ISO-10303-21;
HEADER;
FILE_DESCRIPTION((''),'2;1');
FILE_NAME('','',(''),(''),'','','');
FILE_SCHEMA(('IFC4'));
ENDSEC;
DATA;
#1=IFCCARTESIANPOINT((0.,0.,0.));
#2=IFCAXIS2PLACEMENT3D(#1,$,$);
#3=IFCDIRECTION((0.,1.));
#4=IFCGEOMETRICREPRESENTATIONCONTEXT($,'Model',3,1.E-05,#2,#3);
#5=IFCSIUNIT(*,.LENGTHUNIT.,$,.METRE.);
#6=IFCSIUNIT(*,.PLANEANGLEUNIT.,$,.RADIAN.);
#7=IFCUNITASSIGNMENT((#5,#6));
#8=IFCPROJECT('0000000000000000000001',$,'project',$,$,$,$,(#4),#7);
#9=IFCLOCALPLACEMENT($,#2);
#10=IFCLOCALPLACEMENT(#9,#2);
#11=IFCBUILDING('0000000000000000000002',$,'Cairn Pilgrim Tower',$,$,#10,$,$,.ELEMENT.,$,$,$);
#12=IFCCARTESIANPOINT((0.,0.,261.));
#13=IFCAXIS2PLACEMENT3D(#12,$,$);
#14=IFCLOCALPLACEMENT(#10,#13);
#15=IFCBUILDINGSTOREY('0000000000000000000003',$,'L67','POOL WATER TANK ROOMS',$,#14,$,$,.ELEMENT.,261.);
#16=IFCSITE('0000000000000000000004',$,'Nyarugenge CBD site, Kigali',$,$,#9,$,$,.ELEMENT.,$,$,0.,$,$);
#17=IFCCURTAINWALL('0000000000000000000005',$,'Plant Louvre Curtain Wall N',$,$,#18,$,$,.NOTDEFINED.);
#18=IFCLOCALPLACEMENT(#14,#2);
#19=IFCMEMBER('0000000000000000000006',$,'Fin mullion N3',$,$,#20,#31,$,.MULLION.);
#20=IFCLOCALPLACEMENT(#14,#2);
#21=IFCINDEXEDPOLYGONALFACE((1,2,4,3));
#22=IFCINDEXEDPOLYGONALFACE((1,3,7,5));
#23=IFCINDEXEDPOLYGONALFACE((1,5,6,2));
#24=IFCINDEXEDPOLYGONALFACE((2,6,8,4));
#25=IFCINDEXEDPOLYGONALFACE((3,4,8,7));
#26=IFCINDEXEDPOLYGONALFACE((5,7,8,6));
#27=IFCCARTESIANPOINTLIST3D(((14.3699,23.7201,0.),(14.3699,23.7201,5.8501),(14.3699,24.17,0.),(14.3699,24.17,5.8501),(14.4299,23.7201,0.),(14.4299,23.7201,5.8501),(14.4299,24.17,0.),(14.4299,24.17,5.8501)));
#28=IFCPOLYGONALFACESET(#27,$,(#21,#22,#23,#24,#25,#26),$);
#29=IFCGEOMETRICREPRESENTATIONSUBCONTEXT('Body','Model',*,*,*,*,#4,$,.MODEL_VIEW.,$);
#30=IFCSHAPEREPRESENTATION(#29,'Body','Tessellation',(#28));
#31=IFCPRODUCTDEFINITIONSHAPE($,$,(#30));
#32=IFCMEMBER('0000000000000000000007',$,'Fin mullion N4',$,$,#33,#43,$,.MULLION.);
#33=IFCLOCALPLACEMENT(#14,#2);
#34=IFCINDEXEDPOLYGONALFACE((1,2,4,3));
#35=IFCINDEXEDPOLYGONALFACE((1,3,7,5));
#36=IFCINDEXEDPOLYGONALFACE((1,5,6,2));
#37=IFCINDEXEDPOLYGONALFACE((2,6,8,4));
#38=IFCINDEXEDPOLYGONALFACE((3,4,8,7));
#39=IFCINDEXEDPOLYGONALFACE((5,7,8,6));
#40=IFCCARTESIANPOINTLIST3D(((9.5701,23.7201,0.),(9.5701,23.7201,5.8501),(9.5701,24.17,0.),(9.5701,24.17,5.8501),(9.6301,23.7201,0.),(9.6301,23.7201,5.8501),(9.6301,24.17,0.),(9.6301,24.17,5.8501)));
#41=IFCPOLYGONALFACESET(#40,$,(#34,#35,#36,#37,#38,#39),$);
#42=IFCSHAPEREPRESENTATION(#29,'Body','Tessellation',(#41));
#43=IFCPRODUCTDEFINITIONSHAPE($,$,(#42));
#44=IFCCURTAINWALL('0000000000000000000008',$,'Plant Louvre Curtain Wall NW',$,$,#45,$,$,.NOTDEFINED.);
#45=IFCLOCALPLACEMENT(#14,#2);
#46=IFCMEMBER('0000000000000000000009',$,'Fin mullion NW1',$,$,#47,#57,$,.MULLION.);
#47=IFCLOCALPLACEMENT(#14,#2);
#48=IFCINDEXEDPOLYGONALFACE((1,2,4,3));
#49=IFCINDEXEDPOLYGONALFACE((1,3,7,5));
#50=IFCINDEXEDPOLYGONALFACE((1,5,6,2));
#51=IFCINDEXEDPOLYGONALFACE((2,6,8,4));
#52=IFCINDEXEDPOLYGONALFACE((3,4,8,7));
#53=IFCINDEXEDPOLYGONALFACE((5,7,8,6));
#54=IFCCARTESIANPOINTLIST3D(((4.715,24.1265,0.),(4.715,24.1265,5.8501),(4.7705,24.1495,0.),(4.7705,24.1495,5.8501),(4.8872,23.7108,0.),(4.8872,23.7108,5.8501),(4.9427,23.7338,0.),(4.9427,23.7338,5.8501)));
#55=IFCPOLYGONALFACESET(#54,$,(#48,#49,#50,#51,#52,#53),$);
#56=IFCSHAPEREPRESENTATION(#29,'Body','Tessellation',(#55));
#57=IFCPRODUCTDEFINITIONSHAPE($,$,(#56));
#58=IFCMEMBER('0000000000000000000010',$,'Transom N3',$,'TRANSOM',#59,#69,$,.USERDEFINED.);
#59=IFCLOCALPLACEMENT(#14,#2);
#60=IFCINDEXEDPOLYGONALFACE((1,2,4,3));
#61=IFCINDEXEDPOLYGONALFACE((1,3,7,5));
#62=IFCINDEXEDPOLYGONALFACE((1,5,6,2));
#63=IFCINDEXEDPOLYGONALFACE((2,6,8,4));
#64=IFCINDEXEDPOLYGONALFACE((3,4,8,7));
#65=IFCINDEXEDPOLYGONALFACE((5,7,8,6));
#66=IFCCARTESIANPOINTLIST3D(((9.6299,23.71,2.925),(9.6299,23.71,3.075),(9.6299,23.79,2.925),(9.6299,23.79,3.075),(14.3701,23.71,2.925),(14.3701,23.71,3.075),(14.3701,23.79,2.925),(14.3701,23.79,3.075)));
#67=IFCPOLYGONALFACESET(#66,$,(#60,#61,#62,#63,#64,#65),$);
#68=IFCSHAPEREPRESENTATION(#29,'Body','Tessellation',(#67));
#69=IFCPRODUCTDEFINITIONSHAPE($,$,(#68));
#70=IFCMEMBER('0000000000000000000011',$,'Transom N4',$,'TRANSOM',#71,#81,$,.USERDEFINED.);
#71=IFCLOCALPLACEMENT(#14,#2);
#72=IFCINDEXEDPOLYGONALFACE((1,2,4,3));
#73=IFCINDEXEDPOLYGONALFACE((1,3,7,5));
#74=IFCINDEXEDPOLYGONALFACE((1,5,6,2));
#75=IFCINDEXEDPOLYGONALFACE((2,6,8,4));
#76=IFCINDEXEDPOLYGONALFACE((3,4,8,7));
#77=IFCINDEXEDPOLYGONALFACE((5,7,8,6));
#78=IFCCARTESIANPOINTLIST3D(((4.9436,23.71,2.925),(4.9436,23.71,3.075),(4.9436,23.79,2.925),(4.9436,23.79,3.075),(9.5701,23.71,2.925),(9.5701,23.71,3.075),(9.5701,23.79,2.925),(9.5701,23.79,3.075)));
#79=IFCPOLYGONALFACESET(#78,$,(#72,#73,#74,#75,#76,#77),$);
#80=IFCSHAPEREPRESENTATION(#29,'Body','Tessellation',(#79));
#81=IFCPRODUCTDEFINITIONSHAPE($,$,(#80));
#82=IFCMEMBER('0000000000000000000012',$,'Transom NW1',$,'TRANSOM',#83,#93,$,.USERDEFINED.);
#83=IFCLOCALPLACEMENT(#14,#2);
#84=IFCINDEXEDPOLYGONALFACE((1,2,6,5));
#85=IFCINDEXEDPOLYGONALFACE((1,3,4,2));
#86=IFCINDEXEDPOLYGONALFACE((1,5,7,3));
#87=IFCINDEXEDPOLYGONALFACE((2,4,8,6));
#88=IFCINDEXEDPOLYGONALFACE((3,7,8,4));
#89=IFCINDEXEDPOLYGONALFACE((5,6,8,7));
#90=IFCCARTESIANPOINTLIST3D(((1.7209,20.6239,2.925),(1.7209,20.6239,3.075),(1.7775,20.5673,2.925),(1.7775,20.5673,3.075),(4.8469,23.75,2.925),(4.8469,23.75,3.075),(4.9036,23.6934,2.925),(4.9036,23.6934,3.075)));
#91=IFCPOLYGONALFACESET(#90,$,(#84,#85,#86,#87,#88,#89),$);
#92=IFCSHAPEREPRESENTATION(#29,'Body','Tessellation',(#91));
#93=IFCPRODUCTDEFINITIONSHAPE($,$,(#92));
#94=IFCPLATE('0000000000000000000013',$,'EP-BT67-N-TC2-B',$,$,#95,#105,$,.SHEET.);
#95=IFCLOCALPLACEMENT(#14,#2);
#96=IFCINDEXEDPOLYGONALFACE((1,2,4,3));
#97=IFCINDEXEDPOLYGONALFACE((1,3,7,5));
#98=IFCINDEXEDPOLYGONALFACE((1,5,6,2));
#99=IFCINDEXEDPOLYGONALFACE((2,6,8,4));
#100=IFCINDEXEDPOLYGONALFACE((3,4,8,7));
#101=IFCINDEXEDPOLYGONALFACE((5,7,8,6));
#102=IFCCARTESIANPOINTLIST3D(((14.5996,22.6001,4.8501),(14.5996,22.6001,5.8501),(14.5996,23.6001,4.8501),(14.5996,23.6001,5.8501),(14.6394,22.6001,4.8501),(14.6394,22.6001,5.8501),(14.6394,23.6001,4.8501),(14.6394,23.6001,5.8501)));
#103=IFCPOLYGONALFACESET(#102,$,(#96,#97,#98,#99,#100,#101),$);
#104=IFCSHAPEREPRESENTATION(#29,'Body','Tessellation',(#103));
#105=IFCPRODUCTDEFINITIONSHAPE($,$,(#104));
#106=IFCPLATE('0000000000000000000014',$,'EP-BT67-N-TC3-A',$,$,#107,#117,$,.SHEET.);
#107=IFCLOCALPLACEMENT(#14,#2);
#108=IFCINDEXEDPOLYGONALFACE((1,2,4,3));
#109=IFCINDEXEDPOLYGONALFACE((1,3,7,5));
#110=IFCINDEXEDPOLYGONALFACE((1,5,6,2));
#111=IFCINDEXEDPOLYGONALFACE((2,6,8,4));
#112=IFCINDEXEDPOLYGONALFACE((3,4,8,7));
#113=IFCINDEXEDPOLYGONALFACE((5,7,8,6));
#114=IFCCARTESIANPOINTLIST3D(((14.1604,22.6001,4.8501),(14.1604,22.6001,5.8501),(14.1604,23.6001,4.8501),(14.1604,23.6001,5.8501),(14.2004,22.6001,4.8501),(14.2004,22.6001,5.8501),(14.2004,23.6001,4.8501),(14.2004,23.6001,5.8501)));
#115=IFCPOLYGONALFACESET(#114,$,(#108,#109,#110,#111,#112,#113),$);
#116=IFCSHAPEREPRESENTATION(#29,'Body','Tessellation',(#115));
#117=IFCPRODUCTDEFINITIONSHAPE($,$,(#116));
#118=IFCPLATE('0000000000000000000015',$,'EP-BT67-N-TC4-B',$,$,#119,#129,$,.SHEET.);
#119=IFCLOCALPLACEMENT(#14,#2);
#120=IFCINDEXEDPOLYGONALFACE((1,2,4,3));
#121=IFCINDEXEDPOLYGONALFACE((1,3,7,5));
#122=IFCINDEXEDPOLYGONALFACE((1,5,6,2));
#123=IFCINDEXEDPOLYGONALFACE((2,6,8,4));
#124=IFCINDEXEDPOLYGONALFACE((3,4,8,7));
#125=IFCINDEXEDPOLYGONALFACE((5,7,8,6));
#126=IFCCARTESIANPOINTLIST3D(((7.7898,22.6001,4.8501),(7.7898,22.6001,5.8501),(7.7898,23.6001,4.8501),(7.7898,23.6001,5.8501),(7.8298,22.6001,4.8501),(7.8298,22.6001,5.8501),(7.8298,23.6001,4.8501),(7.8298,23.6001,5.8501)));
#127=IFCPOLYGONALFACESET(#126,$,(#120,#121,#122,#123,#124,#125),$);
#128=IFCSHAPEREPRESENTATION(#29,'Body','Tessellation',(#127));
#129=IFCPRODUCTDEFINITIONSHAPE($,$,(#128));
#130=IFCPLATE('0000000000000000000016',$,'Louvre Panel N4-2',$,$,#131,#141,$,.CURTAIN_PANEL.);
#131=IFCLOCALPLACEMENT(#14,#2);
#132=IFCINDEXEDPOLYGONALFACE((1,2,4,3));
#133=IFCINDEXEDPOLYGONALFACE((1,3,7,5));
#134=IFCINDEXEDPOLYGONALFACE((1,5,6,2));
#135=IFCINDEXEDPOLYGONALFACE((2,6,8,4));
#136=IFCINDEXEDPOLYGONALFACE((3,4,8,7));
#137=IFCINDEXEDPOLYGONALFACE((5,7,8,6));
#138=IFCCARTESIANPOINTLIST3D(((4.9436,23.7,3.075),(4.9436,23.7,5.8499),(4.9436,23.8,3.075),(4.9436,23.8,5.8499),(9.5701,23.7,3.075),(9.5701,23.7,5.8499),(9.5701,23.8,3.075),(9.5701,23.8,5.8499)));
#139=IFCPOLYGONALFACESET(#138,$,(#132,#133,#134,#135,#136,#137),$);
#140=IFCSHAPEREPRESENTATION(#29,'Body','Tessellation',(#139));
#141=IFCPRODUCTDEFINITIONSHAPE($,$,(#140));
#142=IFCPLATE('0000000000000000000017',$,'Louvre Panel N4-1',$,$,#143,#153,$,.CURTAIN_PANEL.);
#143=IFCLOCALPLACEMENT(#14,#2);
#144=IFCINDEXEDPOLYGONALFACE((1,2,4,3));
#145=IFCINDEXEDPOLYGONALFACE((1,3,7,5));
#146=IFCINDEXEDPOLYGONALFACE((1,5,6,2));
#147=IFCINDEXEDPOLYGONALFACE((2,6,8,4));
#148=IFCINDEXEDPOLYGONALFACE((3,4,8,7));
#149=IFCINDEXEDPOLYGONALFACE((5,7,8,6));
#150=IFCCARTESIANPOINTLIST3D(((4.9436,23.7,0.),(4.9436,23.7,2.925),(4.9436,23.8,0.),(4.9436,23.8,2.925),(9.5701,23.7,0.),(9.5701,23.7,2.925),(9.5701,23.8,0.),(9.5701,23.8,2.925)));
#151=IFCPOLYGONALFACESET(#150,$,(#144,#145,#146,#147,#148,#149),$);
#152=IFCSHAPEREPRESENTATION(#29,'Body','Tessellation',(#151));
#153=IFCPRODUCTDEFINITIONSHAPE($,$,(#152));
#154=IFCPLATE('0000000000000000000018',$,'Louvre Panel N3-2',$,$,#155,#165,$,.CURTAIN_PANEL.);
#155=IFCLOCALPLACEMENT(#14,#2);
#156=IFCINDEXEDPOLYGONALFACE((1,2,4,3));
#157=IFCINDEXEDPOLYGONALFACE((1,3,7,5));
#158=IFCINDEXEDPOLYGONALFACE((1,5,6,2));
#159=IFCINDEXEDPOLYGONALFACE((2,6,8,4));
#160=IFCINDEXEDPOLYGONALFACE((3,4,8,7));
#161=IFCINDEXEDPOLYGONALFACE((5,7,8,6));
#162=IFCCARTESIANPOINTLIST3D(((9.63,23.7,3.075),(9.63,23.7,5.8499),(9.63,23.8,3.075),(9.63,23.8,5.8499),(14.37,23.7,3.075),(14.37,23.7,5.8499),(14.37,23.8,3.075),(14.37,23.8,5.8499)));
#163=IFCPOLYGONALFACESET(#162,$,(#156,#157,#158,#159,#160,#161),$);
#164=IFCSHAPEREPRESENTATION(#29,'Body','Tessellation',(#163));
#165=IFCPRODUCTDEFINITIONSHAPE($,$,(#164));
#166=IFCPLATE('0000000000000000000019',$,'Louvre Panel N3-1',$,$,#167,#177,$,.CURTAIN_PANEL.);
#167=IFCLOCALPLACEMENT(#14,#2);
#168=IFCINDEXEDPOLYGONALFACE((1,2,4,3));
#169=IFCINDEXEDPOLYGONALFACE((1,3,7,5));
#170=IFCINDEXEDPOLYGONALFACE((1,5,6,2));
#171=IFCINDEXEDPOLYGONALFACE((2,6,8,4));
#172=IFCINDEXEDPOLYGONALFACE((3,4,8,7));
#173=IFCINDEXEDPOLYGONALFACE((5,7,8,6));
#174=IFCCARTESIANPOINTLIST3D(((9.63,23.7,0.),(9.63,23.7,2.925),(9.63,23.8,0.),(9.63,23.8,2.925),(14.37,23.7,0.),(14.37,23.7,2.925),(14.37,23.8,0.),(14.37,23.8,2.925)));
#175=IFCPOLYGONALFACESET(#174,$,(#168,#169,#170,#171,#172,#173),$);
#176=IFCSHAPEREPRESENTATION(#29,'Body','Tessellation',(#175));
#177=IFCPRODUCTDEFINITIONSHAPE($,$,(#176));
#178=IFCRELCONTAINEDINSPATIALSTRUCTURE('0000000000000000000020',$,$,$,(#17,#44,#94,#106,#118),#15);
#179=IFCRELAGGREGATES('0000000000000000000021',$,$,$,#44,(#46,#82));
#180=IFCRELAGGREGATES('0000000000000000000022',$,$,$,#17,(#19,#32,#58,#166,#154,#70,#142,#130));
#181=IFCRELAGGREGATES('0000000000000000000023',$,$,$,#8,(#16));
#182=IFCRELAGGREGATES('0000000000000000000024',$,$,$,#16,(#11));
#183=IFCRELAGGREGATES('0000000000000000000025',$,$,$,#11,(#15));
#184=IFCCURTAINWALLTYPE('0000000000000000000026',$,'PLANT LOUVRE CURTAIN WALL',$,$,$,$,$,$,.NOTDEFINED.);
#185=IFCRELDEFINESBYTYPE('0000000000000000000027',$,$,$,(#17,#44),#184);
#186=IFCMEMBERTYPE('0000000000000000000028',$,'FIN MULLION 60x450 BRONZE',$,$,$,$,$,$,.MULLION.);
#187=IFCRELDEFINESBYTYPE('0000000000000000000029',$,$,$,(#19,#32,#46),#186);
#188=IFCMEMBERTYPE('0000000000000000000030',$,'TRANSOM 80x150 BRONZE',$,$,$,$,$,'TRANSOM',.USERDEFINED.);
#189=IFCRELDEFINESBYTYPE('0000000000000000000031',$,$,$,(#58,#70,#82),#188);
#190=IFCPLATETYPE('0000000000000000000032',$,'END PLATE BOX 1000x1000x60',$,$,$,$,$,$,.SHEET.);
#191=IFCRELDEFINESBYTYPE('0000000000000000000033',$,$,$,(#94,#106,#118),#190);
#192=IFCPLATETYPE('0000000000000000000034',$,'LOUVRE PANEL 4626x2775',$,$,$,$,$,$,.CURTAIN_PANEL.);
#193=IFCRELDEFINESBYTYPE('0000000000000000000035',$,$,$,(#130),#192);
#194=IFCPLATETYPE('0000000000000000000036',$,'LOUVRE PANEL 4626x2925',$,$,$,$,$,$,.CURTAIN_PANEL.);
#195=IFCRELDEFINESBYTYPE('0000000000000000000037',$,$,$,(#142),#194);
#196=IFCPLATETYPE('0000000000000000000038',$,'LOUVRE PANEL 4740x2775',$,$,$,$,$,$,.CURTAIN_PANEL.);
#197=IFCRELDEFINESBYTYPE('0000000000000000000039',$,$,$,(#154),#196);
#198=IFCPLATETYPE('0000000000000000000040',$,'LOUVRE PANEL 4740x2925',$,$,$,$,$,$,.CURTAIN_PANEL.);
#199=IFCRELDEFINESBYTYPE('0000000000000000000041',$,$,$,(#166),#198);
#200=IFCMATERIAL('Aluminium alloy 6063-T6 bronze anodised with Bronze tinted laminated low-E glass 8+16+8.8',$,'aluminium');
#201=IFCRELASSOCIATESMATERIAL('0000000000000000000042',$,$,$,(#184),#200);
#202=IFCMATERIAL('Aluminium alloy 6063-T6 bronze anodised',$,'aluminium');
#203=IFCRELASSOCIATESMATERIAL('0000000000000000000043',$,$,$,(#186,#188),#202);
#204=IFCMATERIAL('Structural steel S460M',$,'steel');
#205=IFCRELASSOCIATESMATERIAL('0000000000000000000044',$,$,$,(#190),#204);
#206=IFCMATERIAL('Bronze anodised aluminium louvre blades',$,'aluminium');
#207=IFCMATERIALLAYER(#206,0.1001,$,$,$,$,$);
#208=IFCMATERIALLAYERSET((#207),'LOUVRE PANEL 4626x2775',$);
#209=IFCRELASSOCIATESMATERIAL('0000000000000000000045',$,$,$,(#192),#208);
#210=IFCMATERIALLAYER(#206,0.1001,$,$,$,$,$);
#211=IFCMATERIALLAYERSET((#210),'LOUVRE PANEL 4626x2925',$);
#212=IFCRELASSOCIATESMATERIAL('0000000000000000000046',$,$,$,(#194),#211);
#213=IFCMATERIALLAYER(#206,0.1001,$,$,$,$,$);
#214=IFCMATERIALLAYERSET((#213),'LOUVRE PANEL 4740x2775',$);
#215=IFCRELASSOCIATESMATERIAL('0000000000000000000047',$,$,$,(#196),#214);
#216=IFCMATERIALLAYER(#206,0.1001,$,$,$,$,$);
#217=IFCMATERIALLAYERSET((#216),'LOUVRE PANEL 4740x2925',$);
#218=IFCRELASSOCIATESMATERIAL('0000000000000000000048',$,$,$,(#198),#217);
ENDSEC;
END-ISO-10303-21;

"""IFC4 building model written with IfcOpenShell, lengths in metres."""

from ifc_helpers import new_model, si_unit, direction, frame, origin, origin_2d, place, context, subcontext, project, spatial, rectangle, extrude, material, layer, layer_set, material_profile, profile_set, type_object, element, aggregate, save


model = new_model("IFC4")

# Units and contexts
model_context = context("Model", 3, precision=1e-05, world=origin(), true_north=direction((0.0, 1.0)))
body_context = subcontext(model_context, "Body", "Model", "MODEL_VIEW")
ifc_project = project(units=[si_unit("LENGTHUNIT", "METRE"), si_unit("PLANEANGLEUNIT", "RADIAN")], contexts=[model_context])

# Site, building, storey
site_placement = place(None, origin())
site = spatial("IfcSite", under=ifc_project, at=site_placement, Name="Nyarugenge CBD site, Kigali", CompositionType="ELEMENT", RefElevation=0.0)
building_placement = place(site_placement, origin())
building = spatial("IfcBuilding", under=site, at=building_placement, Name="Cairn Pilgrim Tower", CompositionType="ELEMENT")
storey_placement = place(building_placement, frame((0.0, 0.0, 261.0)))
storey = spatial("IfcBuildingStorey", under=building, at=storey_placement, Name="L67", Description="POOL WATER TANK ROOMS", CompositionType="ELEMENT", Elevation=261.0)

# Shared definitions
ifc_material_1 = material(Name="Structural steel S460M", Category="steel")

# Curtain wall, members
ifc_material_2 = material(Name="Aluminium alloy 6063-T6 bronze anodised with Bronze tinted laminated low-E glass 8+16+8.8", Category="aluminium")
curtain_wall_type = type_object("IfcCurtainWallType", Name="PLANT LOUVRE CURTAIN WALL", PredefinedType="NOTDEFINED", material=ifc_material_2)
curtain_wall_1_placement = place(storey_placement, origin())
curtain_wall_1 = element("IfcCurtainWall", 1, at=curtain_wall_1_placement, inside=storey, type_object=curtain_wall_type, Name="Plant Louvre Curtain Wall N", PredefinedType="NOTDEFINED")
ifc_material_3 = material(Name="Aluminium alloy 6063-T6 bronze anodised", Category="aluminium")
ifc_material_profile_1 = material_profile(ifc_material_3, rectangle(XDim=0.45, YDim=0.0601, at=origin_2d()), Name="FIN MULLION 60x450 BRONZE")
ifc_profile_set_1 = profile_set([ifc_material_profile_1], Name="Aluminium alloy 6063-T6 bronze anodised")
member_type_1 = type_object("IfcMemberType", Name="FIN MULLION 60x450 BRONZE", PredefinedType="MULLION", material=ifc_profile_set_1)
member_1_placement = place(storey_placement, frame((14.3999, 23.9451, 0.0), z_axis=(0.0, 0.0, 1.0), x_axis=(0.0, 1.0, 0.0)))
member_1 = element("IfcMember", 2, at=member_1_placement, type_object=member_type_1, Name="Fin mullion N3", PredefinedType="MULLION", context=body_context, shape_type="SweptSolid", body=[
    extrude(rectangle(XDim=0.45, YDim=0.0601, at=origin_2d()), origin(), (0.0, 0.0, 1.0), 5.8501),
])
member_2_placement = place(storey_placement, frame((9.6001, 23.9451, 0.0), z_axis=(0.0, 0.0, 1.0), x_axis=(0.0, 1.0, 0.0)))
member_2 = element("IfcMember", 3, at=member_2_placement, type_object=member_type_1, Name="Fin mullion N4", PredefinedType="MULLION", context=body_context, shape_type="SweptSolid", body=[
    extrude(rectangle(XDim=0.45, YDim=0.0601, at=origin_2d()), origin(), (0.0, 0.0, 1.0), 5.8501),
])

# Curtain wall, member
curtain_wall_2_placement = place(storey_placement, origin())
curtain_wall_2 = element("IfcCurtainWall", 4, at=curtain_wall_2_placement, inside=storey, type_object=curtain_wall_type, Name="Plant Louvre Curtain Wall NW", PredefinedType="NOTDEFINED")
member_3_placement = place(storey_placement, frame((4.8289, 23.9302, 0.0), z_axis=(0.0, 0.0, 1.0), x_axis=(-0.382683, 0.92388, 0.0)))
member_3 = element("IfcMember", 5, at=member_3_placement, type_object=member_type_1, Name="Fin mullion NW1", PredefinedType="MULLION", context=body_context, shape_type="SweptSolid", body=[
    extrude(rectangle(XDim=0.45, YDim=0.0601, at=origin_2d()), origin(), (0.0, 0.0, 1.0), 5.8501),
])

# Members
ifc_material_profile_2 = material_profile(ifc_material_3, rectangle(XDim=0.0801, YDim=0.1499, at=origin_2d()), Name="TRANSOM 80x150 BRONZE")
ifc_profile_set_2 = profile_set([ifc_material_profile_2], Name="Aluminium alloy 6063-T6 bronze anodised")
member_type_2 = type_object("IfcMemberType", Name="TRANSOM 80x150 BRONZE", ElementType="TRANSOM", PredefinedType="USERDEFINED", material=ifc_profile_set_2)
member_4_placement = place(storey_placement, frame((14.3701, 23.75, 3.0), z_axis=(-1.0, 0.0, 0.0), x_axis=(0.0, -1.0, 0.0)))
member_4 = element("IfcMember", 6, at=member_4_placement, type_object=member_type_2, Name="Transom N3", ObjectType="TRANSOM", PredefinedType="USERDEFINED", context=body_context, shape_type="SweptSolid", body=[
    extrude(rectangle(XDim=0.0801, YDim=0.1499, at=origin_2d()), origin(), (0.0, 0.0, 1.0), 4.7402),
])
member_5_placement = place(storey_placement, frame((9.5701, 23.75, 3.0), z_axis=(-1.0, 0.0, 0.0), x_axis=(0.0, -1.0, 0.0)))
member_5 = element("IfcMember", 7, at=member_5_placement, type_object=member_type_2, Name="Transom N4", ObjectType="TRANSOM", PredefinedType="USERDEFINED", context=body_context, shape_type="SweptSolid", body=[
    extrude(rectangle(XDim=0.0801, YDim=0.1499, at=origin_2d()), origin(), (0.0, 0.0, 1.0), 4.6265),
])
member_6_placement = place(storey_placement, frame((4.8752, 23.7217, 3.0), z_axis=(-0.707107, -0.707107, 0.0), x_axis=(0.707107, -0.707107, 0.0)))
member_6 = element("IfcMember", 8, at=member_6_placement, type_object=member_type_2, Name="Transom NW1", ObjectType="TRANSOM", PredefinedType="USERDEFINED", context=body_context, shape_type="SweptSolid", body=[
    extrude(rectangle(XDim=0.0801, YDim=0.1499, at=origin_2d()), origin(), (0.0, 0.0, 1.0), 4.4209),
])
aggregate(curtain_wall_2, [member_3, member_6])

# Plates
ifc_material_profile_3 = material_profile(ifc_material_1, rectangle(XDim=1.0, YDim=1.0, at=origin_2d()), Name="END PLATE BOX 1000x1000x60")
ifc_profile_set_3 = profile_set([ifc_material_profile_3], Name="Structural steel S460M")
plate_type_1 = type_object("IfcPlateType", Name="END PLATE BOX 1000x1000x60", PredefinedType="SHEET", material=ifc_profile_set_3)
plate_1_placement = place(storey_placement, frame((14.6394, 23.1001, 5.3501), z_axis=(-1.0, 0.0, 0.0), x_axis=(0.0, -1.0, 0.0)))
element("IfcPlate", 9, at=plate_1_placement, inside=storey, type_object=plate_type_1, Name="EP-BT67-N-TC2-B", PredefinedType="SHEET", context=body_context, shape_type="SweptSolid", body=[
    extrude(rectangle(XDim=1.0, YDim=1.0, at=origin_2d()), origin(), (0.0, 0.0, 1.0), 0.0398),
])
for number, where, z_axis, x_axis, name in (
    (10, (14.1604, 23.1001, 5.3501), (1.0, 0.0, 0.0), (0.0, 1.0, 0.0), "EP-BT67-N-TC3-A"),
    (11, (7.8298, 23.1001, 5.3501), (-1.0, 0.0, 0.0), (0.0, -1.0, 0.0), "EP-BT67-N-TC4-B"),
):
    element("IfcPlate", number, at=place(storey_placement, frame(where, z_axis=z_axis, x_axis=x_axis)), inside=storey, type_object=plate_type_1, Name=name, PredefinedType="SHEET", context=body_context, shape_type="SweptSolid", body=[
        extrude(rectangle(XDim=1.0, YDim=1.0, at=origin_2d()), origin(), (0.0, 0.0, 1.0), 0.04),
    ])

# Plates
ifc_material_4 = material(Name="Bronze anodised aluminium louvre blades", Category="aluminium")
ifc_layer_1 = layer(ifc_material_4, 0.1001)
ifc_layer_set_1 = layer_set([ifc_layer_1], Name="LOUVRE PANEL 4626x2775")
plate_type_2 = type_object("IfcPlateType", Name="LOUVRE PANEL 4626x2775", PredefinedType="CURTAIN_PANEL", material=ifc_layer_set_1)
plate_2_placement = place(storey_placement, frame((7.2568, 23.75, 3.075), z_axis=(0.0, 0.0, 1.0), x_axis=(-1.0, 0.0, 0.0)))
plate_2 = element("IfcPlate", 12, at=plate_2_placement, type_object=plate_type_2, Name="Louvre Panel N4-2", PredefinedType="CURTAIN_PANEL", context=body_context, shape_type="SweptSolid", body=[
    extrude(rectangle(XDim=4.6265, YDim=0.1001, at=origin_2d()), origin(), (0.0, 0.0, 1.0), 2.7749),
])
ifc_layer_2 = layer(ifc_material_4, 0.1001)
ifc_layer_set_2 = layer_set([ifc_layer_2], Name="LOUVRE PANEL 4626x2925")
plate_type_3 = type_object("IfcPlateType", Name="LOUVRE PANEL 4626x2925", PredefinedType="CURTAIN_PANEL", material=ifc_layer_set_2)
plate_3_placement = place(storey_placement, frame((7.2568, 23.75, 0.0), z_axis=(0.0, 0.0, 1.0), x_axis=(-1.0, 0.0, 0.0)))
plate_3 = element("IfcPlate", 13, at=plate_3_placement, type_object=plate_type_3, Name="Louvre Panel N4-1", PredefinedType="CURTAIN_PANEL", context=body_context, shape_type="SweptSolid", body=[
    extrude(rectangle(XDim=4.6265, YDim=0.1001, at=origin_2d()), origin(), (0.0, 0.0, 1.0), 2.925),
])
ifc_layer_3 = layer(ifc_material_4, 0.1001)
ifc_layer_set_3 = layer_set([ifc_layer_3], Name="LOUVRE PANEL 4740x2775")
plate_type_4 = type_object("IfcPlateType", Name="LOUVRE PANEL 4740x2775", PredefinedType="CURTAIN_PANEL", material=ifc_layer_set_3)
plate_4_placement = place(storey_placement, frame((12.0, 23.75, 3.075), z_axis=(0.0, 0.0, 1.0), x_axis=(-1.0, 0.0, 0.0)))
plate_4 = element("IfcPlate", 14, at=plate_4_placement, type_object=plate_type_4, Name="Louvre Panel N3-2", PredefinedType="CURTAIN_PANEL", context=body_context, shape_type="SweptSolid", body=[
    extrude(rectangle(XDim=4.74, YDim=0.1001, at=origin_2d()), origin(), (0.0, 0.0, 1.0), 2.7749),
])
ifc_layer_4 = layer(ifc_material_4, 0.1001)
ifc_layer_set_4 = layer_set([ifc_layer_4], Name="LOUVRE PANEL 4740x2925")
plate_type_5 = type_object("IfcPlateType", Name="LOUVRE PANEL 4740x2925", PredefinedType="CURTAIN_PANEL", material=ifc_layer_set_4)
plate_5_placement = place(storey_placement, frame((12.0, 23.75, 0.0), z_axis=(0.0, 0.0, 1.0), x_axis=(-1.0, 0.0, 0.0)))
plate_5 = element("IfcPlate", 15, at=plate_5_placement, type_object=plate_type_5, Name="Louvre Panel N3-1", PredefinedType="CURTAIN_PANEL", context=body_context, shape_type="SweptSolid", body=[
    extrude(rectangle(XDim=4.74, YDim=0.1001, at=origin_2d()), origin(), (0.0, 0.0, 1.0), 2.925),
])
aggregate(curtain_wall_1, [member_1, member_2, member_4, plate_5, plate_4, member_5, plate_3, plate_2])

save(model, "model.ifc")
